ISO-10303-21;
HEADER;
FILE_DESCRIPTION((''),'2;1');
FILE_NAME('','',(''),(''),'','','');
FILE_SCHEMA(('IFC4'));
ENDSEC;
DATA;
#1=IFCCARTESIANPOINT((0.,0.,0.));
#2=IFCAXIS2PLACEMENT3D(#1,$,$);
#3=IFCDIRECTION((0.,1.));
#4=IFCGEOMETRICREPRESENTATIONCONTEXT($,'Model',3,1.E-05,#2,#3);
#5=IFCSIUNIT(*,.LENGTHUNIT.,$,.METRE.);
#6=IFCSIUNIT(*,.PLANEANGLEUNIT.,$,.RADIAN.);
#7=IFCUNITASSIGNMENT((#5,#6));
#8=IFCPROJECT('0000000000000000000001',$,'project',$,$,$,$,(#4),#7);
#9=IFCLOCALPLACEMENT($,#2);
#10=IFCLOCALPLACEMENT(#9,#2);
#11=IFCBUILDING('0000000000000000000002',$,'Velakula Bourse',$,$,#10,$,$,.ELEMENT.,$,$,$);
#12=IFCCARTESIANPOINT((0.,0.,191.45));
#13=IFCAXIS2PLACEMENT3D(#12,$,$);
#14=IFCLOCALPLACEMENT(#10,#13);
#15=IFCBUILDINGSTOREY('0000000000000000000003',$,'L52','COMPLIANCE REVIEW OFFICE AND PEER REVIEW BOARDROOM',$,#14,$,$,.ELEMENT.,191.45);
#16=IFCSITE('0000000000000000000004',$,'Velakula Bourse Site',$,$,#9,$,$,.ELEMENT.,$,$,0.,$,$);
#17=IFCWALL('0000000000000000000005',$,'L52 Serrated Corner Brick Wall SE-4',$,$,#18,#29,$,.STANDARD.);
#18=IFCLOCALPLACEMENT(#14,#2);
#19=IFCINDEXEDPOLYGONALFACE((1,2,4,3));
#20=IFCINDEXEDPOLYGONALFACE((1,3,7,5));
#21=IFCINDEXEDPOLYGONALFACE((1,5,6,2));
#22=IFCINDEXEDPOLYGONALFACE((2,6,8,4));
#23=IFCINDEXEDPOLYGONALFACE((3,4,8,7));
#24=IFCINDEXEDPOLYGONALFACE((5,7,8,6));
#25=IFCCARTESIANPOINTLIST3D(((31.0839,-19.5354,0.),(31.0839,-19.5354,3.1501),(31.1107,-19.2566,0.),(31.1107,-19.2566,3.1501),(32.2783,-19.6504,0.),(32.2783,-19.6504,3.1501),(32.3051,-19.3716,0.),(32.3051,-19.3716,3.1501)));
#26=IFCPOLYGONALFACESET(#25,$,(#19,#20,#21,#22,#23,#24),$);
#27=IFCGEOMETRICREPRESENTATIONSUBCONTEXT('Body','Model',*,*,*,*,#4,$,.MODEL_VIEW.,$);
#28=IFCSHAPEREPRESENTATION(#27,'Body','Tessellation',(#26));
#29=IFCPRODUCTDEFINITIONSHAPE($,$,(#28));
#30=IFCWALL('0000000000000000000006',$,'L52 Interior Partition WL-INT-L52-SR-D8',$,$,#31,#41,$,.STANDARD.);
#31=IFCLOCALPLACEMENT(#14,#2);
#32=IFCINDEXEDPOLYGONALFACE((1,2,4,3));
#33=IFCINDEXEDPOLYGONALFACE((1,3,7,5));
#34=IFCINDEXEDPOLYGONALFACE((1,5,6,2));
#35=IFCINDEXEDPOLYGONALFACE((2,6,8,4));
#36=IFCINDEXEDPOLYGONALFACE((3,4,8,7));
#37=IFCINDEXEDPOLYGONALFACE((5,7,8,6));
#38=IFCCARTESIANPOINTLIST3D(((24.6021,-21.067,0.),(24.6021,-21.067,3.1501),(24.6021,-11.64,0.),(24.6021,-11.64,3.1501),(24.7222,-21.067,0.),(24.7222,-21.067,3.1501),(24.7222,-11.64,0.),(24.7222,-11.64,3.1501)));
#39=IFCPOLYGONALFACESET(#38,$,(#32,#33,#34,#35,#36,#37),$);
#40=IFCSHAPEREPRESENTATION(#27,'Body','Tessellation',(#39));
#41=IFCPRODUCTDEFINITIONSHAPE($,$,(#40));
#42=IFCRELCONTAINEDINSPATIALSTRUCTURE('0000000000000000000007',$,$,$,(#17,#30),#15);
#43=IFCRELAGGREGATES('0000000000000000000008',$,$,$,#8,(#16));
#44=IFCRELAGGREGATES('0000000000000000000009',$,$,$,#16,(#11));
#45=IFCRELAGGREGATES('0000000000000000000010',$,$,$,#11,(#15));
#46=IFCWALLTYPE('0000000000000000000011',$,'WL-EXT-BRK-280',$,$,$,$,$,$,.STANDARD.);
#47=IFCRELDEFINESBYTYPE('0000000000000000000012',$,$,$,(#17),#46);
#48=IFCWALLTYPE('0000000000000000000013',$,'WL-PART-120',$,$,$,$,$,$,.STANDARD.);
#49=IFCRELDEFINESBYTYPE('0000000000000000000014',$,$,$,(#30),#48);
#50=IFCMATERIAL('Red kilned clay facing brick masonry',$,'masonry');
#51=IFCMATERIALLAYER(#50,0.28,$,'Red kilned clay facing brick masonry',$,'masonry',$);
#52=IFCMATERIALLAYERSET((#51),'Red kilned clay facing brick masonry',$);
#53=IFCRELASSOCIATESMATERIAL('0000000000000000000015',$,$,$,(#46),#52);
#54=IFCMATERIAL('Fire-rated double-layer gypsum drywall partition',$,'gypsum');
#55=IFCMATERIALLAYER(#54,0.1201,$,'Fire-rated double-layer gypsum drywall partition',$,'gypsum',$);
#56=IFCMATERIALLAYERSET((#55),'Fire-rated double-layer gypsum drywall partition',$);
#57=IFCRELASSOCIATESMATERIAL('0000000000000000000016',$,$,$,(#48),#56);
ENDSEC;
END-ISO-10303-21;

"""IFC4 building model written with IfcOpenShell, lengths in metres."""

from ifc_helpers import new_model, si_unit, direction, frame, frame_2d, origin, place, context, subcontext, project, spatial, rectangle, extrude, material, layer, layer_set, type_object, element, save


model = new_model("IFC4")

# Units and contexts
model_context = context("Model", 3, precision=1e-05, world=origin(), true_north=direction((0.0, 1.0)))
body_context = subcontext(model_context, "Body", "Model", "MODEL_VIEW")
ifc_project = project(units=[si_unit("LENGTHUNIT", "METRE"), si_unit("PLANEANGLEUNIT", "RADIAN")], contexts=[model_context])

# Site, building, storey
site_placement = place(None, origin())
site = spatial("IfcSite", under=ifc_project, at=site_placement, Name="Velakula Bourse Site", CompositionType="ELEMENT", RefElevation=0.0)
building_placement = place(site_placement, origin())
building = spatial("IfcBuilding", under=site, at=building_placement, Name="Velakula Bourse", CompositionType="ELEMENT")
storey_placement = place(building_placement, frame((0.0, 0.0, 191.45)))
storey = spatial("IfcBuildingStorey", under=building, at=storey_placement, Name="L52", Description="COMPLIANCE REVIEW OFFICE AND PEER REVIEW BOARDROOM", CompositionType="ELEMENT", Elevation=191.45)

# Shared definitions
ifc_material_1 = material(Name="Red kilned clay facing brick masonry", Category="masonry")
ifc_layer_1 = layer(ifc_material_1, 0.28, Name="Red kilned clay facing brick masonry", Category="masonry")
ifc_layer_set_1 = layer_set([ifc_layer_1], Name="Red kilned clay facing brick masonry")
wall_type_1 = type_object("IfcWallType", Name="WL-EXT-BRK-280", PredefinedType="STANDARD", material=ifc_layer_set_1)

# Walls
wall_1_placement = place(storey_placement, frame((31.0972, -19.396, 0.0), z_axis=(0.0, 0.0, 1.0), x_axis=(0.995397, -0.095836, 0.0)))
element("IfcWall", 1, at=wall_1_placement, inside=storey, type_object=wall_type_1, Name="L52 Serrated Corner Brick Wall SE-4", PredefinedType="STANDARD", context=body_context, shape_type="SweptSolid", body=[
    extrude(rectangle(XDim=1.2, YDim=0.28, at=frame_2d((0.6001, 0.0))), origin(), (0.0, 0.0, 1.0), 3.1501),
])
ifc_material_2 = material(Name="Fire-rated double-layer gypsum drywall partition", Category="gypsum")
ifc_layer_2 = layer(ifc_material_2, 0.1201, Name="Fire-rated double-layer gypsum drywall partition", Category="gypsum")
ifc_layer_set_2 = layer_set([ifc_layer_2], Name="Fire-rated double-layer gypsum drywall partition")
wall_type_2 = type_object("IfcWallType", Name="WL-PART-120", PredefinedType="STANDARD", material=ifc_layer_set_2)
wall_2_placement = place(storey_placement, frame((24.6621, -21.0669, 0.0), z_axis=(0.0, 0.0, 1.0), x_axis=(0.0, 1.0, 0.0)))
element("IfcWall", 2, at=wall_2_placement, inside=storey, type_object=wall_type_2, Name="L52 Interior Partition WL-INT-L52-SR-D8", PredefinedType="STANDARD", context=body_context, shape_type="SweptSolid", body=[
    extrude(rectangle(XDim=9.427, YDim=0.1201, at=frame_2d((4.7134, 0.0))), origin(), (0.0, 0.0, 1.0), 3.1501),
])

save(model, "model.ifc")
